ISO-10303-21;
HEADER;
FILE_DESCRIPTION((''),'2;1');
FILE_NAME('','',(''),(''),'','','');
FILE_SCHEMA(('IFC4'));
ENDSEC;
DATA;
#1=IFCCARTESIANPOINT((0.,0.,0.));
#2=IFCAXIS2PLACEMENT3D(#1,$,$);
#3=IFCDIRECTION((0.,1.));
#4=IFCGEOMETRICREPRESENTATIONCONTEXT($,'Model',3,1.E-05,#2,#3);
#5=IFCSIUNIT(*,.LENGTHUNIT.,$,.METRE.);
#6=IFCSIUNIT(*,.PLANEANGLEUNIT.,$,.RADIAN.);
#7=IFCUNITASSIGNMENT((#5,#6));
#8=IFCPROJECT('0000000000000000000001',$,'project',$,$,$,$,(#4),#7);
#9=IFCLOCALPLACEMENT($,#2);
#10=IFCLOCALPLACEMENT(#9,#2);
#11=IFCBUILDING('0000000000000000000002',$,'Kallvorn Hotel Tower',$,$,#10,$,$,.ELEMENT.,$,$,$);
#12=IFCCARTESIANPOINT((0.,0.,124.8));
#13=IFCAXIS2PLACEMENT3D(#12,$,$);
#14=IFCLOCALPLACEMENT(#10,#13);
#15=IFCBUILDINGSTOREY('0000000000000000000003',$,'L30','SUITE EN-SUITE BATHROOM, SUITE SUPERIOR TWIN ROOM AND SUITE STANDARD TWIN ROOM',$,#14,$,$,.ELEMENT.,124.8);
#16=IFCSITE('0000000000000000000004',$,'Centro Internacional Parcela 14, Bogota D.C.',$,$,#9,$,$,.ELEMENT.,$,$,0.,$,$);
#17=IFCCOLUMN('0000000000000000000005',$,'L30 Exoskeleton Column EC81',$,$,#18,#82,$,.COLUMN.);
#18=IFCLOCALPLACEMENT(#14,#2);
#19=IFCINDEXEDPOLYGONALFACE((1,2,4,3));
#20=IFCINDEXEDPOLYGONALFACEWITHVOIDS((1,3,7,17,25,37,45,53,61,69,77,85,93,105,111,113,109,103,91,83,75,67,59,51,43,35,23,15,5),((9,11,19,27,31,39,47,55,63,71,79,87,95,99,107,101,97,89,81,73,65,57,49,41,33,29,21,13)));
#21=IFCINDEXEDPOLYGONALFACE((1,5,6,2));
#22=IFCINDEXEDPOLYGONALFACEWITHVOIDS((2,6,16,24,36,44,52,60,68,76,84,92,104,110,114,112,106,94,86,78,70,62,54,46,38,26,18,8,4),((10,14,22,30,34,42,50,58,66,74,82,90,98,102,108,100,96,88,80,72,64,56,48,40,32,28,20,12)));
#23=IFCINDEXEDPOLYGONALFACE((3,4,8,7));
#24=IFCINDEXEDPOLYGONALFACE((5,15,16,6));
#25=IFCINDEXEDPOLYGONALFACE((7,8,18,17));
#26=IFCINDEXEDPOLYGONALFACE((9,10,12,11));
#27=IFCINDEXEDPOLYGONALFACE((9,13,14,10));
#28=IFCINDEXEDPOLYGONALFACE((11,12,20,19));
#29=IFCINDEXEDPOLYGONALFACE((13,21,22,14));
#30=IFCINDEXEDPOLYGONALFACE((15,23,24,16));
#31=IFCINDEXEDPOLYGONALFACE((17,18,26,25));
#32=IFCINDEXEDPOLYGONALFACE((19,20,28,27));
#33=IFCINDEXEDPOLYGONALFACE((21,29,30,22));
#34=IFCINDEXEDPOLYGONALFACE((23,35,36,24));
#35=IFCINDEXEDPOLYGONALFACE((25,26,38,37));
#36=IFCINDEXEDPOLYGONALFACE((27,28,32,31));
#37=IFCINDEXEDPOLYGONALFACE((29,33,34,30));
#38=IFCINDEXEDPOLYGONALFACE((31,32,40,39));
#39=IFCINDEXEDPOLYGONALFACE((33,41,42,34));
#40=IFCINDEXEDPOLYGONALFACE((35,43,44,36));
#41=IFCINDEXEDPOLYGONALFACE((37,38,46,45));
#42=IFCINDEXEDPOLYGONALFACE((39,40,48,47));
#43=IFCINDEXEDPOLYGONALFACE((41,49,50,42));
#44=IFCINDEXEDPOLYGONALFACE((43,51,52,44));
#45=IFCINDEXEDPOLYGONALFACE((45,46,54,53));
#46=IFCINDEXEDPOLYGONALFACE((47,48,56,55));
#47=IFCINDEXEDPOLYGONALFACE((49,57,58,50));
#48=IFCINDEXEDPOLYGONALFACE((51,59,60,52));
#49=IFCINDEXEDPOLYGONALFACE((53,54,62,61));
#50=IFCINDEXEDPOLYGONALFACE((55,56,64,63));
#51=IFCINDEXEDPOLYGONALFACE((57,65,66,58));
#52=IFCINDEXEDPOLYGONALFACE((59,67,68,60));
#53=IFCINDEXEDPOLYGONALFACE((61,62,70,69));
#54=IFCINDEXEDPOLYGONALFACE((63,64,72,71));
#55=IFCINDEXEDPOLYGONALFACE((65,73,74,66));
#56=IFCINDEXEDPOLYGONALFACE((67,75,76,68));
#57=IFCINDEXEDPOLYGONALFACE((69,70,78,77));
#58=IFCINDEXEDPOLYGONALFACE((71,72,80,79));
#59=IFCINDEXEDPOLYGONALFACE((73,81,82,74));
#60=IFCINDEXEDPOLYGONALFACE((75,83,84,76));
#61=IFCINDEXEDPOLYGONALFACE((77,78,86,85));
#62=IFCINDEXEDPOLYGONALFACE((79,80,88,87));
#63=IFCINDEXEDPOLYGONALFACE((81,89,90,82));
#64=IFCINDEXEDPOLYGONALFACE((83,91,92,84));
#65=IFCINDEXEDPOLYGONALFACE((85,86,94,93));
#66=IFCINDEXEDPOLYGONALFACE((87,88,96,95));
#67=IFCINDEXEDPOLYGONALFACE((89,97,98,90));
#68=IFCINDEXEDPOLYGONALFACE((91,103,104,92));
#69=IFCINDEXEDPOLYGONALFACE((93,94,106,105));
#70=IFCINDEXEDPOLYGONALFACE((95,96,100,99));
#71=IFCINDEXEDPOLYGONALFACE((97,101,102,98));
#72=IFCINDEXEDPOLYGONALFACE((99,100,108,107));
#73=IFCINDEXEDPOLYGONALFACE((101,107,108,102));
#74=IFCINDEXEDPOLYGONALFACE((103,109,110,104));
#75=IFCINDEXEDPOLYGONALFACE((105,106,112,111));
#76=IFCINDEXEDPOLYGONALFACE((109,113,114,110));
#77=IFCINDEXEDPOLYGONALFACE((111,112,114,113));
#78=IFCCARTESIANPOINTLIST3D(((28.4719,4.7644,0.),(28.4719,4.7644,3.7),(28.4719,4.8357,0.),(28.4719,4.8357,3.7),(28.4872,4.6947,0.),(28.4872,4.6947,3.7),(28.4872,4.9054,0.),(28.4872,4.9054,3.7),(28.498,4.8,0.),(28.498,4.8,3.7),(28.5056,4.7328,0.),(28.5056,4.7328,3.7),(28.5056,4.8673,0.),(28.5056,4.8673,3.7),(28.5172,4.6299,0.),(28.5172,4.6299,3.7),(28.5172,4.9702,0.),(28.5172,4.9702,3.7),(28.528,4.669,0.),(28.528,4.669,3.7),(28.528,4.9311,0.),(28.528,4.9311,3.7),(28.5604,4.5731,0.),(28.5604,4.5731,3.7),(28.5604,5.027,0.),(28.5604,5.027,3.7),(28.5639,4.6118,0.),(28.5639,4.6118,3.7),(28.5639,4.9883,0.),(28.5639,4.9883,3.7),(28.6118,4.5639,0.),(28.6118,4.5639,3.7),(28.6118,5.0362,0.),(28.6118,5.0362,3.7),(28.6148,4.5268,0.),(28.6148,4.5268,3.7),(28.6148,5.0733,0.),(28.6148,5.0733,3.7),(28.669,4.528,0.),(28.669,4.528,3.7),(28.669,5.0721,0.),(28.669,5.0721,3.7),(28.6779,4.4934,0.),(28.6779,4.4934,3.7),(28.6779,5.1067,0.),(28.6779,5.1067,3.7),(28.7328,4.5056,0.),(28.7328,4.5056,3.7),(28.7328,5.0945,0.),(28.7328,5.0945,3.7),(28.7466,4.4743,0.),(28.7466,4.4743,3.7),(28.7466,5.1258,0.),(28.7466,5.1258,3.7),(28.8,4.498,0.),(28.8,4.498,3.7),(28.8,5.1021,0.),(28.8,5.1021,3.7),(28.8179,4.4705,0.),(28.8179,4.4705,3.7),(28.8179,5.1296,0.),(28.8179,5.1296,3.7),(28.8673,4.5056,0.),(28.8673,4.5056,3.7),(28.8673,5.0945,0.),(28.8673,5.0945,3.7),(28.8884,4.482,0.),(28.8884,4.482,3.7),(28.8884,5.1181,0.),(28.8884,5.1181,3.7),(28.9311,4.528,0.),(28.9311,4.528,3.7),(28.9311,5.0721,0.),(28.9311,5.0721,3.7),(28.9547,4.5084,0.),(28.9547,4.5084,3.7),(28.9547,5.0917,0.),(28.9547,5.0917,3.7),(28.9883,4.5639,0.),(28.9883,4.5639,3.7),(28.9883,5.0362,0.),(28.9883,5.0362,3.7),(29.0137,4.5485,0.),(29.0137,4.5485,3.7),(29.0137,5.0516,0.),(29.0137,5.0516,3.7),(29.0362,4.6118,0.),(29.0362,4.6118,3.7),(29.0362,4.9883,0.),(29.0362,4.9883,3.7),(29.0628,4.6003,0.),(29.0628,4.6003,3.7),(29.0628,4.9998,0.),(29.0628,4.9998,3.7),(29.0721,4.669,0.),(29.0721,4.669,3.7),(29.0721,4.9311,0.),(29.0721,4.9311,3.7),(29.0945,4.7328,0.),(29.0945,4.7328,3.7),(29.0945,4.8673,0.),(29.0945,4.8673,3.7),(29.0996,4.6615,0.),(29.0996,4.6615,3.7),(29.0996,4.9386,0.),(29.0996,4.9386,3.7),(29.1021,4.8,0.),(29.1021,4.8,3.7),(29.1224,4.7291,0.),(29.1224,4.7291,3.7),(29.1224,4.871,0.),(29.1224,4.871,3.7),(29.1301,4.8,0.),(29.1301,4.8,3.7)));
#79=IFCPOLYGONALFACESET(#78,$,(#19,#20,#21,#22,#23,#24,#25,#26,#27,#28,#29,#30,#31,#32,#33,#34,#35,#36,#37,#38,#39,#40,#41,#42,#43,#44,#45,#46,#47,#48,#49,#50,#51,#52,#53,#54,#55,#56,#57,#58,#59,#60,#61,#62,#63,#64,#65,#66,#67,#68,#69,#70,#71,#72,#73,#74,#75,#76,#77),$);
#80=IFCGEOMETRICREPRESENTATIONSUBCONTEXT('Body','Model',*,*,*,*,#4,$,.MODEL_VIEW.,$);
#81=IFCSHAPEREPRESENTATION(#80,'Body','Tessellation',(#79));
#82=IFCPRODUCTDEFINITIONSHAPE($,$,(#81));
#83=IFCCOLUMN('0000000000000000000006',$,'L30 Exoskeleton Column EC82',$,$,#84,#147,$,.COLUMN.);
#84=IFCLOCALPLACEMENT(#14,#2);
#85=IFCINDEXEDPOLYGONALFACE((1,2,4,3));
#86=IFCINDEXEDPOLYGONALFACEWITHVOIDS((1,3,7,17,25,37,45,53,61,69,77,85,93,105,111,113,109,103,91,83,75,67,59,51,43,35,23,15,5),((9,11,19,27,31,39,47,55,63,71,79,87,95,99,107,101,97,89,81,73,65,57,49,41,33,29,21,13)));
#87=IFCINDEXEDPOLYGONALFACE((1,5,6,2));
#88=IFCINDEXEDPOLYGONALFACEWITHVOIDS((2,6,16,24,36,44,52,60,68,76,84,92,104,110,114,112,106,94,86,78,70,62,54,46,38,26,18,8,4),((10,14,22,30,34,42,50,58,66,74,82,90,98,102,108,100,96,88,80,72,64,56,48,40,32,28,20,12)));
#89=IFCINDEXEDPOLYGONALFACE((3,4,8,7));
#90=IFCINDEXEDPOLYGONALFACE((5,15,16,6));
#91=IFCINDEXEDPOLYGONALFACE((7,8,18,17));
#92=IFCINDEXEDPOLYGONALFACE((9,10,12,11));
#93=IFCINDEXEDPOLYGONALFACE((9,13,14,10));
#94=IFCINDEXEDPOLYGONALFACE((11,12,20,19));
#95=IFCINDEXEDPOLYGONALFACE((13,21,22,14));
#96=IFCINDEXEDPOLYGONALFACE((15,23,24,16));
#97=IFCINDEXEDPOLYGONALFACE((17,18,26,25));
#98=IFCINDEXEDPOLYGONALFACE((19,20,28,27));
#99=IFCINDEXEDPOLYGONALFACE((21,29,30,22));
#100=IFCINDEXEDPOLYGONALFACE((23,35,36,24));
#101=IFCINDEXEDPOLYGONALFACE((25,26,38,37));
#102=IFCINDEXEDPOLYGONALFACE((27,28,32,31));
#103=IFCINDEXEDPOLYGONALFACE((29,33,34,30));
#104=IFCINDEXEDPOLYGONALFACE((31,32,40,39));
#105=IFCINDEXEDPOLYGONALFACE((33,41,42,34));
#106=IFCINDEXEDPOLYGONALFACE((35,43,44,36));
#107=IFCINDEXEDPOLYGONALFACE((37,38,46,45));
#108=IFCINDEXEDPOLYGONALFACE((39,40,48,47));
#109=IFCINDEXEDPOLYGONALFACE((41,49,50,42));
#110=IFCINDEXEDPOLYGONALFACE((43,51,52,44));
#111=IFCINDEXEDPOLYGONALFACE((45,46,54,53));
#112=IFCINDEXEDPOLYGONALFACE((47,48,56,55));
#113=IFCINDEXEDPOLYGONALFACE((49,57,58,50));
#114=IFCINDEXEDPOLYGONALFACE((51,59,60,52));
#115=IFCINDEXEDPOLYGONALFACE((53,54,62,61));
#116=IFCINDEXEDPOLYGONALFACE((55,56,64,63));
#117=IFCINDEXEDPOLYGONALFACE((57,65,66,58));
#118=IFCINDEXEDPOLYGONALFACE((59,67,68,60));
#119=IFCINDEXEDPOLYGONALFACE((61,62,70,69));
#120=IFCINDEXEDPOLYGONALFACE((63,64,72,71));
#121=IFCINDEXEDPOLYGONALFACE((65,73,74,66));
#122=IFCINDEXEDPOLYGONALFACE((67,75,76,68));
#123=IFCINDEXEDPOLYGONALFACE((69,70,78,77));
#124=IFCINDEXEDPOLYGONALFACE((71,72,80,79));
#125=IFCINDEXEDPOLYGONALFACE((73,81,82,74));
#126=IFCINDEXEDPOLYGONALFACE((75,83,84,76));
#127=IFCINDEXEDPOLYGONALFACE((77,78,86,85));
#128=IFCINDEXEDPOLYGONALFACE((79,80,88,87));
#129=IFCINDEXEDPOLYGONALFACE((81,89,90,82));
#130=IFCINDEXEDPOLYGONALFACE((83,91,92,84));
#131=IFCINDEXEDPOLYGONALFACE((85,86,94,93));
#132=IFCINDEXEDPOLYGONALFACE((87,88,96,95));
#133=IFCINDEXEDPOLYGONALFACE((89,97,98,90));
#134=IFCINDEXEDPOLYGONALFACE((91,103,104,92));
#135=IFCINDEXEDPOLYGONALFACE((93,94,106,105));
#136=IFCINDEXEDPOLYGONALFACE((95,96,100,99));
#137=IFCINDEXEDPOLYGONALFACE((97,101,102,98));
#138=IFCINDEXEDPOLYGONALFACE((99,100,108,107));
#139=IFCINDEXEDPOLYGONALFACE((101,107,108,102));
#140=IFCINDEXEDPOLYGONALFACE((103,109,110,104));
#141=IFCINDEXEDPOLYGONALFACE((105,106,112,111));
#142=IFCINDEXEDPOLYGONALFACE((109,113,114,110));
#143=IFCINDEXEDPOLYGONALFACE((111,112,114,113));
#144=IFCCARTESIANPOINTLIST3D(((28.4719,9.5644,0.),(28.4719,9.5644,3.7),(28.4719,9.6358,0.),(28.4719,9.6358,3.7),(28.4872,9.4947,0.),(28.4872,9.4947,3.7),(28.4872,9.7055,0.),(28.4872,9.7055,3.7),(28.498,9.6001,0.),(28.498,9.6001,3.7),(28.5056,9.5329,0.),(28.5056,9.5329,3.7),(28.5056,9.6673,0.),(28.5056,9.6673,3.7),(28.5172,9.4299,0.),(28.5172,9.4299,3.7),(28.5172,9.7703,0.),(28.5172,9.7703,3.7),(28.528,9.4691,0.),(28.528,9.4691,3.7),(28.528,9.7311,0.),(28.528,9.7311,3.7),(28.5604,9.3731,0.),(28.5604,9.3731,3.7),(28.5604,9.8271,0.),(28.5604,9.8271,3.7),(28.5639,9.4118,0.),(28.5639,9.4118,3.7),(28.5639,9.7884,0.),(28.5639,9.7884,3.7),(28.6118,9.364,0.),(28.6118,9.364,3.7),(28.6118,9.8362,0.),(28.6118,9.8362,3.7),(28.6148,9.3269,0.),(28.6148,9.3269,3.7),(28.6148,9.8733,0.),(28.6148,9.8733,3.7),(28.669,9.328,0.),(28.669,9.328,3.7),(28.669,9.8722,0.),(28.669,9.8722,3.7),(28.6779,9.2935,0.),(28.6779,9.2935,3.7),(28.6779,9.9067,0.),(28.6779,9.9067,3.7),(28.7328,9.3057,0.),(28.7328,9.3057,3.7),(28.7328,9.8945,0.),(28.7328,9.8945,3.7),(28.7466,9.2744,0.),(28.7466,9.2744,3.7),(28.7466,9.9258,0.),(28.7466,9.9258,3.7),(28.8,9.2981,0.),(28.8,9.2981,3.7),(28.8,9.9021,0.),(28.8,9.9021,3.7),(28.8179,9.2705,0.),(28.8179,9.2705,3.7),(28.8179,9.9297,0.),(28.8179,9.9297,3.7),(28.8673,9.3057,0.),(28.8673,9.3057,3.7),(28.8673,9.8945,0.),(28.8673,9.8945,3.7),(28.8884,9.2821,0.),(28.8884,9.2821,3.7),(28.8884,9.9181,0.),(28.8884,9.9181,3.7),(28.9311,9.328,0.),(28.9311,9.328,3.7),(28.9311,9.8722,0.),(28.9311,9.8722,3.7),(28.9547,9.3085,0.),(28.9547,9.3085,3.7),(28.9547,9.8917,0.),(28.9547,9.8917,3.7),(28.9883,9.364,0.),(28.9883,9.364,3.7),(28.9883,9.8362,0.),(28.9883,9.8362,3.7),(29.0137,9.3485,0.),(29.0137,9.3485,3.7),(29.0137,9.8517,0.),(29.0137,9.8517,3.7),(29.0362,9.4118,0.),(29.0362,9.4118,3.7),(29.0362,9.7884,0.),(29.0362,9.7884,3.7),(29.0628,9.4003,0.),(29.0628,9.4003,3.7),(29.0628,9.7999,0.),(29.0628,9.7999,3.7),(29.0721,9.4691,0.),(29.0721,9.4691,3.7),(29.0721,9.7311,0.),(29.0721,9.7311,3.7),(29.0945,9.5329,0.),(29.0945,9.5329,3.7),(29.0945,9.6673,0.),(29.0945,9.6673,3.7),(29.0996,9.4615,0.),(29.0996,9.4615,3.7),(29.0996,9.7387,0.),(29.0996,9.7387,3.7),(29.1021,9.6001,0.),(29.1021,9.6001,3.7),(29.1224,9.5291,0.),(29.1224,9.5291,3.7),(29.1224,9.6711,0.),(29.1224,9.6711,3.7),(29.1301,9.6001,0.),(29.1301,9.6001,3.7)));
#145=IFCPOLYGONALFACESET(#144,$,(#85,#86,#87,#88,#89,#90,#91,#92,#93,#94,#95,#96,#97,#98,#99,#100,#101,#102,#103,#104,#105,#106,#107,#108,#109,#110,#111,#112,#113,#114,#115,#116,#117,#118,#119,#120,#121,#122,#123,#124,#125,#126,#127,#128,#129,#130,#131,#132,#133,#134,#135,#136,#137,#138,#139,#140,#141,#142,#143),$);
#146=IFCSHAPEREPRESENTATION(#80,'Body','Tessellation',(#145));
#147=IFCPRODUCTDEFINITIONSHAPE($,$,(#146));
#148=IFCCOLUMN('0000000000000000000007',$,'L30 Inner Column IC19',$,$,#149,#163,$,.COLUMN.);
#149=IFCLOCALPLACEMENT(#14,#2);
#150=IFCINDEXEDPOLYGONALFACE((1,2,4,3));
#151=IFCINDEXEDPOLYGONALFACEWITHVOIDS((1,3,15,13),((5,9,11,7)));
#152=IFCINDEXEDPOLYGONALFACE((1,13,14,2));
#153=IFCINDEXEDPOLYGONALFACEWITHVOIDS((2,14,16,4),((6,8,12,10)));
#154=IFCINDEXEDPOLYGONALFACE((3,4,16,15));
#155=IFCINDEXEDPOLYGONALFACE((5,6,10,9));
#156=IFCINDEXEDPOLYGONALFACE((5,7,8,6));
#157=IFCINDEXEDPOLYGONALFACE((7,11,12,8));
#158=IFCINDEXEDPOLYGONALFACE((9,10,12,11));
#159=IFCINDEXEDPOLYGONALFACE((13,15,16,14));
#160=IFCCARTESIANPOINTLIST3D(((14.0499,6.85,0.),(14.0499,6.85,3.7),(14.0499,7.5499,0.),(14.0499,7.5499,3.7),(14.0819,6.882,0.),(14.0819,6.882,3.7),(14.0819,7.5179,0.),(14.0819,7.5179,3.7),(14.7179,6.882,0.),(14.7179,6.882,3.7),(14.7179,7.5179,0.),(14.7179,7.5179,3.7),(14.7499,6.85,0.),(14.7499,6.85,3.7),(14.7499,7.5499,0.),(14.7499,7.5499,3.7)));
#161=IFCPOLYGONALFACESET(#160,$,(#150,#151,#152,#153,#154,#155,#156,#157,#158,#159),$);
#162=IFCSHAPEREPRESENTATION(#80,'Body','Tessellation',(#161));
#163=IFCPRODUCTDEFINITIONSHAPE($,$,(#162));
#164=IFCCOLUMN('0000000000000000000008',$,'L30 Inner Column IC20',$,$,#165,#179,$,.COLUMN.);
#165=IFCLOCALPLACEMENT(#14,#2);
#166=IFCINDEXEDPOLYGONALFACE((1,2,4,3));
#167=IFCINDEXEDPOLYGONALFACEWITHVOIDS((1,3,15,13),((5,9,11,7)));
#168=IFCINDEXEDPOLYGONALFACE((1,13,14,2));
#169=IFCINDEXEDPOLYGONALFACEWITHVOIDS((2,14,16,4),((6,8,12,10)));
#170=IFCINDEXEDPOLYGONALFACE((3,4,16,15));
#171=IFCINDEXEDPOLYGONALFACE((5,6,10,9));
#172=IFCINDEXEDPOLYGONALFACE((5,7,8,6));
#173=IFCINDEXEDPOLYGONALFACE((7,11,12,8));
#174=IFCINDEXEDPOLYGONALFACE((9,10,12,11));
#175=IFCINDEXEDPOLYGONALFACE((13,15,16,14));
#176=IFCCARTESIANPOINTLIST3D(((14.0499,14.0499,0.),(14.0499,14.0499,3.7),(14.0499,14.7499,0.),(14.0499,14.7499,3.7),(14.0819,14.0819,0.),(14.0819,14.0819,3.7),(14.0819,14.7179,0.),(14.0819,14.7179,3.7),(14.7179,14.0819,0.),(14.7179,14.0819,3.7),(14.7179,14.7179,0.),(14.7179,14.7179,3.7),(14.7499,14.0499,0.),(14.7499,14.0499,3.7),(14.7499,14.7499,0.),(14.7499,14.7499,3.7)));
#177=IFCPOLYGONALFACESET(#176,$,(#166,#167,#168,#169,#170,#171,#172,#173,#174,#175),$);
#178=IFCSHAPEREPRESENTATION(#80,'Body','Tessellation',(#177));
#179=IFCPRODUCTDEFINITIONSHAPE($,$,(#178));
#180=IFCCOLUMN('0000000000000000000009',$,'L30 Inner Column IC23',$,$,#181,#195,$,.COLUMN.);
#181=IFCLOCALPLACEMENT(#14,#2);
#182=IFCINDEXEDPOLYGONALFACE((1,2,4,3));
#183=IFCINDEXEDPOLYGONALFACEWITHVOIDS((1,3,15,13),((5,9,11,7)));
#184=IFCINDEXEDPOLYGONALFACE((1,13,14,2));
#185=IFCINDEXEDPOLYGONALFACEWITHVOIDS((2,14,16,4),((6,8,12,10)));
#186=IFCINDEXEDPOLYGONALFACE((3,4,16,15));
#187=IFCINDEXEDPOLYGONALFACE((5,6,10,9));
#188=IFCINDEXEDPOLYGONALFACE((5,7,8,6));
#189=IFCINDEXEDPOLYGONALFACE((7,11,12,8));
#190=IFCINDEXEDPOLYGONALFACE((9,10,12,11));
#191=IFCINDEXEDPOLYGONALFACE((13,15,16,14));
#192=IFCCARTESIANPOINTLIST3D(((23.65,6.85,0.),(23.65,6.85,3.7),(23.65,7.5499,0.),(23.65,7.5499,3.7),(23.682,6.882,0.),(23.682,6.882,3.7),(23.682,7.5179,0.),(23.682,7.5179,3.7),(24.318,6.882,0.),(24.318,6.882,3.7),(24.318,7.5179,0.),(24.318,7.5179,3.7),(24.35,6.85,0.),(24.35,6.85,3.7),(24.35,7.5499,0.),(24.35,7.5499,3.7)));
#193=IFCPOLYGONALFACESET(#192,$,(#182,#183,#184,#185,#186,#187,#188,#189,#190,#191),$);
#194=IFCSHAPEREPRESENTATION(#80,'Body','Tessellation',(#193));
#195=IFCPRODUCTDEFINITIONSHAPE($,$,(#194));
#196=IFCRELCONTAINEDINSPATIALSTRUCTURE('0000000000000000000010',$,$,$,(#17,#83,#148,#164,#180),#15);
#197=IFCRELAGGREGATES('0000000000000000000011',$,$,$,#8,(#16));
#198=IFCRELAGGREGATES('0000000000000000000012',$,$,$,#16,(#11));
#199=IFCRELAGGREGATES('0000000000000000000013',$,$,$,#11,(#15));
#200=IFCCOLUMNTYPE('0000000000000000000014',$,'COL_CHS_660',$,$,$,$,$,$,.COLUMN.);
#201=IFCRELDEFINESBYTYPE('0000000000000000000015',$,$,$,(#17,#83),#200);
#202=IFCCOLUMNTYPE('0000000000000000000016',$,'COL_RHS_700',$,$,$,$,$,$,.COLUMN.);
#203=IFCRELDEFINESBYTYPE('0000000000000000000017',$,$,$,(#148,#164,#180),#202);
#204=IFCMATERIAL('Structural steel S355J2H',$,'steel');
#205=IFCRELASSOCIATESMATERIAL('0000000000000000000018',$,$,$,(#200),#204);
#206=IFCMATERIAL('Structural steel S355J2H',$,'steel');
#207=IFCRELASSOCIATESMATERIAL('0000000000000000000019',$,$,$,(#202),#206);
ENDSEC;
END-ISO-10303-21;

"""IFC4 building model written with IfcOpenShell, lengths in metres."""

from ifc_helpers import new_model, si_unit, direction, frame, origin, origin_2d, place, context, subcontext, project, spatial, hollow_rectangle, hollow_circle, extrude, material, material_profile, profile_set, type_object, element, save


model = new_model("IFC4")

# Units and contexts
model_context = context("Model", 3, precision=1e-05, world=origin(), true_north=direction((0.0, 1.0)))
body_context = subcontext(model_context, "Body", "Model", "MODEL_VIEW")
ifc_project = project(units=[si_unit("LENGTHUNIT", "METRE"), si_unit("PLANEANGLEUNIT", "RADIAN")], contexts=[model_context])

# Site, building, storey
site_placement = place(None, origin())
site = spatial("IfcSite", under=ifc_project, at=site_placement, Name="Centro Internacional Parcela 14, Bogota D.C.", CompositionType="ELEMENT", RefElevation=0.0)
building_placement = place(site_placement, origin())
building = spatial("IfcBuilding", under=site, at=building_placement, Name="Kallvorn Hotel Tower", CompositionType="ELEMENT")
storey_placement = place(building_placement, frame((0.0, 0.0, 124.8)))
storey = spatial("IfcBuildingStorey", under=building, at=storey_placement, Name="L30", Description="SUITE EN-SUITE BATHROOM, SUITE SUPERIOR TWIN ROOM AND SUITE STANDARD TWIN ROOM", CompositionType="ELEMENT", Elevation=124.8)

# Columns
ifc_material_1 = material(Name="Structural steel S355J2H", Category="steel")
ifc_material_profile_1 = material_profile(ifc_material_1, hollow_circle(Radius=0.3301, WallThickness=0.0281, at=origin_2d()), Name="CHS 660x28")
ifc_profile_set_1 = profile_set([ifc_material_profile_1], Name="Structural steel S355J2H")
column_type_1 = type_object("IfcColumnType", Name="COL_CHS_660", PredefinedType="COLUMN", material=ifc_profile_set_1)
for number, where, z_axis, x_axis, name in (
    (1, (28.8, 4.8, 0.0), (0.0, 0.0, 1.0), (1.0, 0.0, 0.0), "L30 Exoskeleton Column EC81"),
    (2, (28.8, 9.6001, 0.0), (0.0, 0.0, 1.0), (1.0, 0.0, 0.0), "L30 Exoskeleton Column EC82"),
):
    element("IfcColumn", number, at=place(storey_placement, frame(where, z_axis=z_axis, x_axis=x_axis)), inside=storey, type_object=column_type_1, Name=name, PredefinedType="COLUMN", context=body_context, shape_type="SweptSolid", body=[
        extrude(hollow_circle(Radius=0.3301, WallThickness=0.0281, at=origin_2d()), origin(), (0.0, 0.0, 1.0), 3.7),
    ])
ifc_material_2 = material(Name="Structural steel S355J2H", Category="steel")
ifc_material_profile_2 = material_profile(ifc_material_2, hollow_rectangle(XDim=0.7, YDim=0.7, WallThickness=0.032, at=origin_2d()), Name="RHS 700x700x32")
ifc_profile_set_2 = profile_set([ifc_material_profile_2], Name="Structural steel S355J2H")
column_type_2 = type_object("IfcColumnType", Name="COL_RHS_700", PredefinedType="COLUMN", material=ifc_profile_set_2)
for number, where, z_axis, x_axis, name in (
    (3, (14.3999, 7.2, 0.0), (0.0, 0.0, 1.0), (1.0, 0.0, 0.0), "L30 Inner Column IC19"),
    (4, (14.3999, 14.3999, 0.0), (0.0, 0.0, 1.0), (1.0, 0.0, 0.0), "L30 Inner Column IC20"),
    (5, (24.0, 7.2, 0.0), (0.0, 0.0, 1.0), (1.0, 0.0, 0.0), "L30 Inner Column IC23"),
):
    element("IfcColumn", number, at=place(storey_placement, frame(where, z_axis=z_axis, x_axis=x_axis)), inside=storey, type_object=column_type_2, Name=name, PredefinedType="COLUMN", context=body_context, shape_type="SweptSolid", body=[
        extrude(hollow_rectangle(XDim=0.7, YDim=0.7, WallThickness=0.032, at=origin_2d()), origin(), (0.0, 0.0, 1.0), 3.7),
    ])

save(model, "model.ifc")
